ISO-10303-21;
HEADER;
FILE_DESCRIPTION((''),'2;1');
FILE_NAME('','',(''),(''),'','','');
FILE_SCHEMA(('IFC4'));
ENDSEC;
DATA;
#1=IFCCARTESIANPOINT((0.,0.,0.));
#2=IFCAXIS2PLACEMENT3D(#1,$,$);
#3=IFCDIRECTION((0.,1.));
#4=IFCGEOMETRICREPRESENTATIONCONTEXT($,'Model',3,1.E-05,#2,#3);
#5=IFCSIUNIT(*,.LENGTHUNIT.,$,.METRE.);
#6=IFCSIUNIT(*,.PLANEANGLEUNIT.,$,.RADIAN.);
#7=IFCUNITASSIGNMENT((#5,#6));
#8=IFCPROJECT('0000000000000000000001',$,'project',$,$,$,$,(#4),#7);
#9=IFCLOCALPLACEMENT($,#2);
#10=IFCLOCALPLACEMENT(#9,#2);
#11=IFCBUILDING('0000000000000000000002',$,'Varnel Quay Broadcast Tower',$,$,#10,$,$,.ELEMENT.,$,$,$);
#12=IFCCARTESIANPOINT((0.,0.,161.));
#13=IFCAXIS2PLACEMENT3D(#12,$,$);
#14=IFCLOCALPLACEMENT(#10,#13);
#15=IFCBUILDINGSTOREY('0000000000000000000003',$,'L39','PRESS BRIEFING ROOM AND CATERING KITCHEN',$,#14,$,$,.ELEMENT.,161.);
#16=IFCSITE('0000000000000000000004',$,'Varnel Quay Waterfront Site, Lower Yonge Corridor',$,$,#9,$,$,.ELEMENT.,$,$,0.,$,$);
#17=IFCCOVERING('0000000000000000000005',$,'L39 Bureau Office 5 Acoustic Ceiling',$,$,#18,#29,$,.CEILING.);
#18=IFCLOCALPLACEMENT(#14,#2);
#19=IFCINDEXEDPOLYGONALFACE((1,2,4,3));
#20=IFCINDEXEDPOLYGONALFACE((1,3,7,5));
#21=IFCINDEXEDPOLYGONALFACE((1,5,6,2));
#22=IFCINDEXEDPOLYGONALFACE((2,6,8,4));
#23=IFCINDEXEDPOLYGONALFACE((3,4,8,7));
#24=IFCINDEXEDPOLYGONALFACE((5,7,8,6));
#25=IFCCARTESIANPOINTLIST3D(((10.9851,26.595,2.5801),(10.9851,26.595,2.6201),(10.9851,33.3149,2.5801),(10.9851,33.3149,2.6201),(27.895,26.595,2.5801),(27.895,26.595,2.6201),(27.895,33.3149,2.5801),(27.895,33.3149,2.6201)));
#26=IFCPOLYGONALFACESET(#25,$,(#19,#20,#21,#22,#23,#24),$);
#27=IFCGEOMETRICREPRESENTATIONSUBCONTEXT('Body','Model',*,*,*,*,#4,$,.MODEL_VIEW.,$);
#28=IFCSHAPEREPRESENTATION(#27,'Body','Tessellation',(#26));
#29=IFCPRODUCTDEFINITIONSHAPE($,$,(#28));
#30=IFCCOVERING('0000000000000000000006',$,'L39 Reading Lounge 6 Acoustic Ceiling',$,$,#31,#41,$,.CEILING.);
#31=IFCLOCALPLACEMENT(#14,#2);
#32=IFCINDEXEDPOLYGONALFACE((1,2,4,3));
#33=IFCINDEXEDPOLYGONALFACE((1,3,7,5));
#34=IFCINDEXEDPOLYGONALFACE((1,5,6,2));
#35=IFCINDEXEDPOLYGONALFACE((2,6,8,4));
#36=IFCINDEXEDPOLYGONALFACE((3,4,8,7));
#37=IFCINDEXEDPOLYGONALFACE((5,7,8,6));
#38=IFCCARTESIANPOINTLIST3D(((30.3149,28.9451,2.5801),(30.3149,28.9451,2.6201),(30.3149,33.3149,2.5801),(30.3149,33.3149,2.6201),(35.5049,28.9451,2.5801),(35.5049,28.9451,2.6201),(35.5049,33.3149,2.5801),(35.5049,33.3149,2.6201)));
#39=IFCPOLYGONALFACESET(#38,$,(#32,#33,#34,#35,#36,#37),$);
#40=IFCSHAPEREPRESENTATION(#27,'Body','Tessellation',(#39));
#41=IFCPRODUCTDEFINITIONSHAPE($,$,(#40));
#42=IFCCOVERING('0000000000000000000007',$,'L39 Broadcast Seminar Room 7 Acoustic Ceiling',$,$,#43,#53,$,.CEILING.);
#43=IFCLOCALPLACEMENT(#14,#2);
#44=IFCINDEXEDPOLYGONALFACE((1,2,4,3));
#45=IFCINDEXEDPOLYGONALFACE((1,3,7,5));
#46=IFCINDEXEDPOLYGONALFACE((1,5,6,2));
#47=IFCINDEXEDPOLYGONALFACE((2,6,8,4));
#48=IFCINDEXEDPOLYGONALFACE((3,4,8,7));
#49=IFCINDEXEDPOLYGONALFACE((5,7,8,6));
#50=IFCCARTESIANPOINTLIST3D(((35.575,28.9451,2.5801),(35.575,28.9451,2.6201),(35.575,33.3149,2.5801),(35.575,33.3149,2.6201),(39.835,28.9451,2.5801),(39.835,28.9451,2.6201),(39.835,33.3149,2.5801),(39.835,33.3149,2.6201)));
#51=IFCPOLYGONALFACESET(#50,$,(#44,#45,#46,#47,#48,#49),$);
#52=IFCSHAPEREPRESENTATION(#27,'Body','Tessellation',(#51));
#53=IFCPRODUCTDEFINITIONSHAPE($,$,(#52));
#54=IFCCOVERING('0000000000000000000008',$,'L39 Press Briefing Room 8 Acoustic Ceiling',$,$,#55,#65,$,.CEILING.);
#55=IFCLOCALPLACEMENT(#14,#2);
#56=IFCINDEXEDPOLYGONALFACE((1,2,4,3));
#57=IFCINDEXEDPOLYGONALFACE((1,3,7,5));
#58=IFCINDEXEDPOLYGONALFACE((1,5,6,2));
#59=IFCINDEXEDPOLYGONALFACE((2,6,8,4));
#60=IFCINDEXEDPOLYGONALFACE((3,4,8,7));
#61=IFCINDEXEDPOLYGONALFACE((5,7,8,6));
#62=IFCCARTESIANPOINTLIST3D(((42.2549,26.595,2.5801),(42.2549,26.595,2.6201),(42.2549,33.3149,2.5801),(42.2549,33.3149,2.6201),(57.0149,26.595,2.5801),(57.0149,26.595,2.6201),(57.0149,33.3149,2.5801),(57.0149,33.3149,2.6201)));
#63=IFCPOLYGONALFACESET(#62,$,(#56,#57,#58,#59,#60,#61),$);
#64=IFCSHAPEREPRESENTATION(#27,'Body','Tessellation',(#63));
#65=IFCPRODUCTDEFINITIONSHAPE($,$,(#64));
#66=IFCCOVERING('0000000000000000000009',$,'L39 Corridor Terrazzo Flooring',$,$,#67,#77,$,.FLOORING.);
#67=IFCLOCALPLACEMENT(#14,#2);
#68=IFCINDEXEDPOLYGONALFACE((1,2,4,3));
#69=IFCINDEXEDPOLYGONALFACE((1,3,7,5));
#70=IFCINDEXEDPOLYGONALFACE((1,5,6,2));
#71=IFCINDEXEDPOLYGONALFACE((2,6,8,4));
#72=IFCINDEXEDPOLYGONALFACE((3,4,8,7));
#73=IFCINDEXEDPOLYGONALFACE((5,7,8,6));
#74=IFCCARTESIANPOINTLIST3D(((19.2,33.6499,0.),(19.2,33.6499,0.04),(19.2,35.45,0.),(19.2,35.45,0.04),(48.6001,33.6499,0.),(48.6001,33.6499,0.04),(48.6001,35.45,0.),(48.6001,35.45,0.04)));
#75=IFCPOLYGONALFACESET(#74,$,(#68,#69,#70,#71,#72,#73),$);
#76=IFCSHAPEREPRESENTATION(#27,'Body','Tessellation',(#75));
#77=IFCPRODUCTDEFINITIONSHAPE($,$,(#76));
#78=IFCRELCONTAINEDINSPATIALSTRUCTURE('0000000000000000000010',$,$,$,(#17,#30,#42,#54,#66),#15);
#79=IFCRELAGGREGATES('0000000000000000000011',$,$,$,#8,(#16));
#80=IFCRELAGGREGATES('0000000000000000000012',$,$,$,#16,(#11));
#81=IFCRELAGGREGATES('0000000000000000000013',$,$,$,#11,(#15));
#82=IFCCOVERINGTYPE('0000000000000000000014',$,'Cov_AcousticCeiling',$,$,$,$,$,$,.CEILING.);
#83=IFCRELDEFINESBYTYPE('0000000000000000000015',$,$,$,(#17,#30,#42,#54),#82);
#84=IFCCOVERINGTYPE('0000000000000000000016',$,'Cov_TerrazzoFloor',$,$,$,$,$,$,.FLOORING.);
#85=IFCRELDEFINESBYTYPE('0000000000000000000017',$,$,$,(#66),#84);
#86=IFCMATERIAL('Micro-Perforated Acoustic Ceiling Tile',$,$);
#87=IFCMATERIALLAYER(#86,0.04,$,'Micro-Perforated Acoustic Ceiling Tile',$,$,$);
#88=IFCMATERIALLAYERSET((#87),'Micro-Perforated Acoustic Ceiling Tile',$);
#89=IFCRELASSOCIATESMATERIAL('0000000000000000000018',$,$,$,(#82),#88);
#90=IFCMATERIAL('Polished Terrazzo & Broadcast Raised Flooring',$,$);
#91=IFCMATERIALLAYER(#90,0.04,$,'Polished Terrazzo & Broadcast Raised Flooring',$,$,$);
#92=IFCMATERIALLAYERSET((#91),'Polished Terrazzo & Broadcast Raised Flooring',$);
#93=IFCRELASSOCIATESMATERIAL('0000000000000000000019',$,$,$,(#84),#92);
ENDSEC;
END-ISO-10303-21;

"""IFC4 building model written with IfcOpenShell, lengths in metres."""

from ifc_helpers import new_model, si_unit, direction, frame, origin, place, context, subcontext, project, spatial, polyline, outline, extrude, material, layer, layer_set, type_object, element, save


model = new_model("IFC4")

# Units and contexts
model_context = context("Model", 3, precision=1e-05, world=origin(), true_north=direction((0.0, 1.0)))
body_context = subcontext(model_context, "Body", "Model", "MODEL_VIEW")
ifc_project = project(units=[si_unit("LENGTHUNIT", "METRE"), si_unit("PLANEANGLEUNIT", "RADIAN")], contexts=[model_context])

# Site, building, storey
site_placement = place(None, origin())
site = spatial("IfcSite", under=ifc_project, at=site_placement, Name="Varnel Quay Waterfront Site, Lower Yonge Corridor", CompositionType="ELEMENT", RefElevation=0.0)
building_placement = place(site_placement, origin())
building = spatial("IfcBuilding", under=site, at=building_placement, Name="Varnel Quay Broadcast Tower", CompositionType="ELEMENT")
storey_placement = place(building_placement, frame((0.0, 0.0, 161.0)))
storey = spatial("IfcBuildingStorey", under=building, at=storey_placement, Name="L39", Description="PRESS BRIEFING ROOM AND CATERING KITCHEN", CompositionType="ELEMENT", Elevation=161.0)

# Coverings
ifc_material_1 = material(Name="Micro-Perforated Acoustic Ceiling Tile")
ifc_layer_1 = layer(ifc_material_1, 0.04, Name="Micro-Perforated Acoustic Ceiling Tile")
ifc_layer_set_1 = layer_set([ifc_layer_1], Name="Micro-Perforated Acoustic Ceiling Tile")
covering_type_1 = type_object("IfcCoveringType", Name="Cov_AcousticCeiling", PredefinedType="CEILING", material=ifc_layer_set_1)
covering_1_placement = place(storey_placement, frame((0.0, 0.0, 2.5801)))
element("IfcCovering", 1, at=covering_1_placement, inside=storey, type_object=covering_type_1, Name="L39 Bureau Office 5 Acoustic Ceiling", PredefinedType="CEILING", context=body_context, shape_type="SweptSolid", body=[
    extrude(outline(polyline([(10.9851, 26.595), (27.895, 26.595), (27.895, 33.3149), (10.9851, 33.3149), (10.9851, 26.595)])), origin(), (0.0, 0.0, 1.0), 0.04),
])
covering_2_placement = place(storey_placement, frame((0.0, 0.0, 2.5801)))
element("IfcCovering", 2, at=covering_2_placement, inside=storey, type_object=covering_type_1, Name="L39 Reading Lounge 6 Acoustic Ceiling", PredefinedType="CEILING", context=body_context, shape_type="SweptSolid", body=[
    extrude(outline(polyline([(30.3149, 28.9451), (35.5049, 28.9451), (35.5049, 33.3149), (30.3149, 33.3149), (30.3149, 28.9451)])), origin(), (0.0, 0.0, 1.0), 0.04),
])
covering_3_placement = place(storey_placement, frame((0.0, 0.0, 2.5801)))
element("IfcCovering", 3, at=covering_3_placement, inside=storey, type_object=covering_type_1, Name="L39 Broadcast Seminar Room 7 Acoustic Ceiling", PredefinedType="CEILING", context=body_context, shape_type="SweptSolid", body=[
    extrude(outline(polyline([(35.575, 28.9451), (39.835, 28.9451), (39.835, 33.3149), (35.575, 33.3149), (35.575, 28.9451)])), origin(), (0.0, 0.0, 1.0), 0.04),
])
covering_4_placement = place(storey_placement, frame((0.0, 0.0, 2.5801)))
element("IfcCovering", 4, at=covering_4_placement, inside=storey, type_object=covering_type_1, Name="L39 Press Briefing Room 8 Acoustic Ceiling", PredefinedType="CEILING", context=body_context, shape_type="SweptSolid", body=[
    extrude(outline(polyline([(42.2549, 26.595), (57.0149, 26.595), (57.0149, 33.3149), (42.2549, 33.3149), (42.2549, 26.595)])), origin(), (0.0, 0.0, 1.0), 0.04),
])
ifc_material_2 = material(Name="Polished Terrazzo & Broadcast Raised Flooring")
ifc_layer_2 = layer(ifc_material_2, 0.04, Name="Polished Terrazzo & Broadcast Raised Flooring")
ifc_layer_set_2 = layer_set([ifc_layer_2], Name="Polished Terrazzo & Broadcast Raised Flooring")
covering_type_2 = type_object("IfcCoveringType", Name="Cov_TerrazzoFloor", PredefinedType="FLOORING", material=ifc_layer_set_2)
covering_5_placement = place(storey_placement, origin())
element("IfcCovering", 5, at=covering_5_placement, inside=storey, type_object=covering_type_2, Name="L39 Corridor Terrazzo Flooring", PredefinedType="FLOORING", context=body_context, shape_type="SweptSolid", body=[
    extrude(outline(polyline([(19.2, 33.6499), (48.6001, 33.6499), (48.6001, 35.45), (19.2, 35.45), (19.2, 33.6499)])), origin(), (0.0, 0.0, 1.0), 0.04),
])

save(model, "model.ifc")
